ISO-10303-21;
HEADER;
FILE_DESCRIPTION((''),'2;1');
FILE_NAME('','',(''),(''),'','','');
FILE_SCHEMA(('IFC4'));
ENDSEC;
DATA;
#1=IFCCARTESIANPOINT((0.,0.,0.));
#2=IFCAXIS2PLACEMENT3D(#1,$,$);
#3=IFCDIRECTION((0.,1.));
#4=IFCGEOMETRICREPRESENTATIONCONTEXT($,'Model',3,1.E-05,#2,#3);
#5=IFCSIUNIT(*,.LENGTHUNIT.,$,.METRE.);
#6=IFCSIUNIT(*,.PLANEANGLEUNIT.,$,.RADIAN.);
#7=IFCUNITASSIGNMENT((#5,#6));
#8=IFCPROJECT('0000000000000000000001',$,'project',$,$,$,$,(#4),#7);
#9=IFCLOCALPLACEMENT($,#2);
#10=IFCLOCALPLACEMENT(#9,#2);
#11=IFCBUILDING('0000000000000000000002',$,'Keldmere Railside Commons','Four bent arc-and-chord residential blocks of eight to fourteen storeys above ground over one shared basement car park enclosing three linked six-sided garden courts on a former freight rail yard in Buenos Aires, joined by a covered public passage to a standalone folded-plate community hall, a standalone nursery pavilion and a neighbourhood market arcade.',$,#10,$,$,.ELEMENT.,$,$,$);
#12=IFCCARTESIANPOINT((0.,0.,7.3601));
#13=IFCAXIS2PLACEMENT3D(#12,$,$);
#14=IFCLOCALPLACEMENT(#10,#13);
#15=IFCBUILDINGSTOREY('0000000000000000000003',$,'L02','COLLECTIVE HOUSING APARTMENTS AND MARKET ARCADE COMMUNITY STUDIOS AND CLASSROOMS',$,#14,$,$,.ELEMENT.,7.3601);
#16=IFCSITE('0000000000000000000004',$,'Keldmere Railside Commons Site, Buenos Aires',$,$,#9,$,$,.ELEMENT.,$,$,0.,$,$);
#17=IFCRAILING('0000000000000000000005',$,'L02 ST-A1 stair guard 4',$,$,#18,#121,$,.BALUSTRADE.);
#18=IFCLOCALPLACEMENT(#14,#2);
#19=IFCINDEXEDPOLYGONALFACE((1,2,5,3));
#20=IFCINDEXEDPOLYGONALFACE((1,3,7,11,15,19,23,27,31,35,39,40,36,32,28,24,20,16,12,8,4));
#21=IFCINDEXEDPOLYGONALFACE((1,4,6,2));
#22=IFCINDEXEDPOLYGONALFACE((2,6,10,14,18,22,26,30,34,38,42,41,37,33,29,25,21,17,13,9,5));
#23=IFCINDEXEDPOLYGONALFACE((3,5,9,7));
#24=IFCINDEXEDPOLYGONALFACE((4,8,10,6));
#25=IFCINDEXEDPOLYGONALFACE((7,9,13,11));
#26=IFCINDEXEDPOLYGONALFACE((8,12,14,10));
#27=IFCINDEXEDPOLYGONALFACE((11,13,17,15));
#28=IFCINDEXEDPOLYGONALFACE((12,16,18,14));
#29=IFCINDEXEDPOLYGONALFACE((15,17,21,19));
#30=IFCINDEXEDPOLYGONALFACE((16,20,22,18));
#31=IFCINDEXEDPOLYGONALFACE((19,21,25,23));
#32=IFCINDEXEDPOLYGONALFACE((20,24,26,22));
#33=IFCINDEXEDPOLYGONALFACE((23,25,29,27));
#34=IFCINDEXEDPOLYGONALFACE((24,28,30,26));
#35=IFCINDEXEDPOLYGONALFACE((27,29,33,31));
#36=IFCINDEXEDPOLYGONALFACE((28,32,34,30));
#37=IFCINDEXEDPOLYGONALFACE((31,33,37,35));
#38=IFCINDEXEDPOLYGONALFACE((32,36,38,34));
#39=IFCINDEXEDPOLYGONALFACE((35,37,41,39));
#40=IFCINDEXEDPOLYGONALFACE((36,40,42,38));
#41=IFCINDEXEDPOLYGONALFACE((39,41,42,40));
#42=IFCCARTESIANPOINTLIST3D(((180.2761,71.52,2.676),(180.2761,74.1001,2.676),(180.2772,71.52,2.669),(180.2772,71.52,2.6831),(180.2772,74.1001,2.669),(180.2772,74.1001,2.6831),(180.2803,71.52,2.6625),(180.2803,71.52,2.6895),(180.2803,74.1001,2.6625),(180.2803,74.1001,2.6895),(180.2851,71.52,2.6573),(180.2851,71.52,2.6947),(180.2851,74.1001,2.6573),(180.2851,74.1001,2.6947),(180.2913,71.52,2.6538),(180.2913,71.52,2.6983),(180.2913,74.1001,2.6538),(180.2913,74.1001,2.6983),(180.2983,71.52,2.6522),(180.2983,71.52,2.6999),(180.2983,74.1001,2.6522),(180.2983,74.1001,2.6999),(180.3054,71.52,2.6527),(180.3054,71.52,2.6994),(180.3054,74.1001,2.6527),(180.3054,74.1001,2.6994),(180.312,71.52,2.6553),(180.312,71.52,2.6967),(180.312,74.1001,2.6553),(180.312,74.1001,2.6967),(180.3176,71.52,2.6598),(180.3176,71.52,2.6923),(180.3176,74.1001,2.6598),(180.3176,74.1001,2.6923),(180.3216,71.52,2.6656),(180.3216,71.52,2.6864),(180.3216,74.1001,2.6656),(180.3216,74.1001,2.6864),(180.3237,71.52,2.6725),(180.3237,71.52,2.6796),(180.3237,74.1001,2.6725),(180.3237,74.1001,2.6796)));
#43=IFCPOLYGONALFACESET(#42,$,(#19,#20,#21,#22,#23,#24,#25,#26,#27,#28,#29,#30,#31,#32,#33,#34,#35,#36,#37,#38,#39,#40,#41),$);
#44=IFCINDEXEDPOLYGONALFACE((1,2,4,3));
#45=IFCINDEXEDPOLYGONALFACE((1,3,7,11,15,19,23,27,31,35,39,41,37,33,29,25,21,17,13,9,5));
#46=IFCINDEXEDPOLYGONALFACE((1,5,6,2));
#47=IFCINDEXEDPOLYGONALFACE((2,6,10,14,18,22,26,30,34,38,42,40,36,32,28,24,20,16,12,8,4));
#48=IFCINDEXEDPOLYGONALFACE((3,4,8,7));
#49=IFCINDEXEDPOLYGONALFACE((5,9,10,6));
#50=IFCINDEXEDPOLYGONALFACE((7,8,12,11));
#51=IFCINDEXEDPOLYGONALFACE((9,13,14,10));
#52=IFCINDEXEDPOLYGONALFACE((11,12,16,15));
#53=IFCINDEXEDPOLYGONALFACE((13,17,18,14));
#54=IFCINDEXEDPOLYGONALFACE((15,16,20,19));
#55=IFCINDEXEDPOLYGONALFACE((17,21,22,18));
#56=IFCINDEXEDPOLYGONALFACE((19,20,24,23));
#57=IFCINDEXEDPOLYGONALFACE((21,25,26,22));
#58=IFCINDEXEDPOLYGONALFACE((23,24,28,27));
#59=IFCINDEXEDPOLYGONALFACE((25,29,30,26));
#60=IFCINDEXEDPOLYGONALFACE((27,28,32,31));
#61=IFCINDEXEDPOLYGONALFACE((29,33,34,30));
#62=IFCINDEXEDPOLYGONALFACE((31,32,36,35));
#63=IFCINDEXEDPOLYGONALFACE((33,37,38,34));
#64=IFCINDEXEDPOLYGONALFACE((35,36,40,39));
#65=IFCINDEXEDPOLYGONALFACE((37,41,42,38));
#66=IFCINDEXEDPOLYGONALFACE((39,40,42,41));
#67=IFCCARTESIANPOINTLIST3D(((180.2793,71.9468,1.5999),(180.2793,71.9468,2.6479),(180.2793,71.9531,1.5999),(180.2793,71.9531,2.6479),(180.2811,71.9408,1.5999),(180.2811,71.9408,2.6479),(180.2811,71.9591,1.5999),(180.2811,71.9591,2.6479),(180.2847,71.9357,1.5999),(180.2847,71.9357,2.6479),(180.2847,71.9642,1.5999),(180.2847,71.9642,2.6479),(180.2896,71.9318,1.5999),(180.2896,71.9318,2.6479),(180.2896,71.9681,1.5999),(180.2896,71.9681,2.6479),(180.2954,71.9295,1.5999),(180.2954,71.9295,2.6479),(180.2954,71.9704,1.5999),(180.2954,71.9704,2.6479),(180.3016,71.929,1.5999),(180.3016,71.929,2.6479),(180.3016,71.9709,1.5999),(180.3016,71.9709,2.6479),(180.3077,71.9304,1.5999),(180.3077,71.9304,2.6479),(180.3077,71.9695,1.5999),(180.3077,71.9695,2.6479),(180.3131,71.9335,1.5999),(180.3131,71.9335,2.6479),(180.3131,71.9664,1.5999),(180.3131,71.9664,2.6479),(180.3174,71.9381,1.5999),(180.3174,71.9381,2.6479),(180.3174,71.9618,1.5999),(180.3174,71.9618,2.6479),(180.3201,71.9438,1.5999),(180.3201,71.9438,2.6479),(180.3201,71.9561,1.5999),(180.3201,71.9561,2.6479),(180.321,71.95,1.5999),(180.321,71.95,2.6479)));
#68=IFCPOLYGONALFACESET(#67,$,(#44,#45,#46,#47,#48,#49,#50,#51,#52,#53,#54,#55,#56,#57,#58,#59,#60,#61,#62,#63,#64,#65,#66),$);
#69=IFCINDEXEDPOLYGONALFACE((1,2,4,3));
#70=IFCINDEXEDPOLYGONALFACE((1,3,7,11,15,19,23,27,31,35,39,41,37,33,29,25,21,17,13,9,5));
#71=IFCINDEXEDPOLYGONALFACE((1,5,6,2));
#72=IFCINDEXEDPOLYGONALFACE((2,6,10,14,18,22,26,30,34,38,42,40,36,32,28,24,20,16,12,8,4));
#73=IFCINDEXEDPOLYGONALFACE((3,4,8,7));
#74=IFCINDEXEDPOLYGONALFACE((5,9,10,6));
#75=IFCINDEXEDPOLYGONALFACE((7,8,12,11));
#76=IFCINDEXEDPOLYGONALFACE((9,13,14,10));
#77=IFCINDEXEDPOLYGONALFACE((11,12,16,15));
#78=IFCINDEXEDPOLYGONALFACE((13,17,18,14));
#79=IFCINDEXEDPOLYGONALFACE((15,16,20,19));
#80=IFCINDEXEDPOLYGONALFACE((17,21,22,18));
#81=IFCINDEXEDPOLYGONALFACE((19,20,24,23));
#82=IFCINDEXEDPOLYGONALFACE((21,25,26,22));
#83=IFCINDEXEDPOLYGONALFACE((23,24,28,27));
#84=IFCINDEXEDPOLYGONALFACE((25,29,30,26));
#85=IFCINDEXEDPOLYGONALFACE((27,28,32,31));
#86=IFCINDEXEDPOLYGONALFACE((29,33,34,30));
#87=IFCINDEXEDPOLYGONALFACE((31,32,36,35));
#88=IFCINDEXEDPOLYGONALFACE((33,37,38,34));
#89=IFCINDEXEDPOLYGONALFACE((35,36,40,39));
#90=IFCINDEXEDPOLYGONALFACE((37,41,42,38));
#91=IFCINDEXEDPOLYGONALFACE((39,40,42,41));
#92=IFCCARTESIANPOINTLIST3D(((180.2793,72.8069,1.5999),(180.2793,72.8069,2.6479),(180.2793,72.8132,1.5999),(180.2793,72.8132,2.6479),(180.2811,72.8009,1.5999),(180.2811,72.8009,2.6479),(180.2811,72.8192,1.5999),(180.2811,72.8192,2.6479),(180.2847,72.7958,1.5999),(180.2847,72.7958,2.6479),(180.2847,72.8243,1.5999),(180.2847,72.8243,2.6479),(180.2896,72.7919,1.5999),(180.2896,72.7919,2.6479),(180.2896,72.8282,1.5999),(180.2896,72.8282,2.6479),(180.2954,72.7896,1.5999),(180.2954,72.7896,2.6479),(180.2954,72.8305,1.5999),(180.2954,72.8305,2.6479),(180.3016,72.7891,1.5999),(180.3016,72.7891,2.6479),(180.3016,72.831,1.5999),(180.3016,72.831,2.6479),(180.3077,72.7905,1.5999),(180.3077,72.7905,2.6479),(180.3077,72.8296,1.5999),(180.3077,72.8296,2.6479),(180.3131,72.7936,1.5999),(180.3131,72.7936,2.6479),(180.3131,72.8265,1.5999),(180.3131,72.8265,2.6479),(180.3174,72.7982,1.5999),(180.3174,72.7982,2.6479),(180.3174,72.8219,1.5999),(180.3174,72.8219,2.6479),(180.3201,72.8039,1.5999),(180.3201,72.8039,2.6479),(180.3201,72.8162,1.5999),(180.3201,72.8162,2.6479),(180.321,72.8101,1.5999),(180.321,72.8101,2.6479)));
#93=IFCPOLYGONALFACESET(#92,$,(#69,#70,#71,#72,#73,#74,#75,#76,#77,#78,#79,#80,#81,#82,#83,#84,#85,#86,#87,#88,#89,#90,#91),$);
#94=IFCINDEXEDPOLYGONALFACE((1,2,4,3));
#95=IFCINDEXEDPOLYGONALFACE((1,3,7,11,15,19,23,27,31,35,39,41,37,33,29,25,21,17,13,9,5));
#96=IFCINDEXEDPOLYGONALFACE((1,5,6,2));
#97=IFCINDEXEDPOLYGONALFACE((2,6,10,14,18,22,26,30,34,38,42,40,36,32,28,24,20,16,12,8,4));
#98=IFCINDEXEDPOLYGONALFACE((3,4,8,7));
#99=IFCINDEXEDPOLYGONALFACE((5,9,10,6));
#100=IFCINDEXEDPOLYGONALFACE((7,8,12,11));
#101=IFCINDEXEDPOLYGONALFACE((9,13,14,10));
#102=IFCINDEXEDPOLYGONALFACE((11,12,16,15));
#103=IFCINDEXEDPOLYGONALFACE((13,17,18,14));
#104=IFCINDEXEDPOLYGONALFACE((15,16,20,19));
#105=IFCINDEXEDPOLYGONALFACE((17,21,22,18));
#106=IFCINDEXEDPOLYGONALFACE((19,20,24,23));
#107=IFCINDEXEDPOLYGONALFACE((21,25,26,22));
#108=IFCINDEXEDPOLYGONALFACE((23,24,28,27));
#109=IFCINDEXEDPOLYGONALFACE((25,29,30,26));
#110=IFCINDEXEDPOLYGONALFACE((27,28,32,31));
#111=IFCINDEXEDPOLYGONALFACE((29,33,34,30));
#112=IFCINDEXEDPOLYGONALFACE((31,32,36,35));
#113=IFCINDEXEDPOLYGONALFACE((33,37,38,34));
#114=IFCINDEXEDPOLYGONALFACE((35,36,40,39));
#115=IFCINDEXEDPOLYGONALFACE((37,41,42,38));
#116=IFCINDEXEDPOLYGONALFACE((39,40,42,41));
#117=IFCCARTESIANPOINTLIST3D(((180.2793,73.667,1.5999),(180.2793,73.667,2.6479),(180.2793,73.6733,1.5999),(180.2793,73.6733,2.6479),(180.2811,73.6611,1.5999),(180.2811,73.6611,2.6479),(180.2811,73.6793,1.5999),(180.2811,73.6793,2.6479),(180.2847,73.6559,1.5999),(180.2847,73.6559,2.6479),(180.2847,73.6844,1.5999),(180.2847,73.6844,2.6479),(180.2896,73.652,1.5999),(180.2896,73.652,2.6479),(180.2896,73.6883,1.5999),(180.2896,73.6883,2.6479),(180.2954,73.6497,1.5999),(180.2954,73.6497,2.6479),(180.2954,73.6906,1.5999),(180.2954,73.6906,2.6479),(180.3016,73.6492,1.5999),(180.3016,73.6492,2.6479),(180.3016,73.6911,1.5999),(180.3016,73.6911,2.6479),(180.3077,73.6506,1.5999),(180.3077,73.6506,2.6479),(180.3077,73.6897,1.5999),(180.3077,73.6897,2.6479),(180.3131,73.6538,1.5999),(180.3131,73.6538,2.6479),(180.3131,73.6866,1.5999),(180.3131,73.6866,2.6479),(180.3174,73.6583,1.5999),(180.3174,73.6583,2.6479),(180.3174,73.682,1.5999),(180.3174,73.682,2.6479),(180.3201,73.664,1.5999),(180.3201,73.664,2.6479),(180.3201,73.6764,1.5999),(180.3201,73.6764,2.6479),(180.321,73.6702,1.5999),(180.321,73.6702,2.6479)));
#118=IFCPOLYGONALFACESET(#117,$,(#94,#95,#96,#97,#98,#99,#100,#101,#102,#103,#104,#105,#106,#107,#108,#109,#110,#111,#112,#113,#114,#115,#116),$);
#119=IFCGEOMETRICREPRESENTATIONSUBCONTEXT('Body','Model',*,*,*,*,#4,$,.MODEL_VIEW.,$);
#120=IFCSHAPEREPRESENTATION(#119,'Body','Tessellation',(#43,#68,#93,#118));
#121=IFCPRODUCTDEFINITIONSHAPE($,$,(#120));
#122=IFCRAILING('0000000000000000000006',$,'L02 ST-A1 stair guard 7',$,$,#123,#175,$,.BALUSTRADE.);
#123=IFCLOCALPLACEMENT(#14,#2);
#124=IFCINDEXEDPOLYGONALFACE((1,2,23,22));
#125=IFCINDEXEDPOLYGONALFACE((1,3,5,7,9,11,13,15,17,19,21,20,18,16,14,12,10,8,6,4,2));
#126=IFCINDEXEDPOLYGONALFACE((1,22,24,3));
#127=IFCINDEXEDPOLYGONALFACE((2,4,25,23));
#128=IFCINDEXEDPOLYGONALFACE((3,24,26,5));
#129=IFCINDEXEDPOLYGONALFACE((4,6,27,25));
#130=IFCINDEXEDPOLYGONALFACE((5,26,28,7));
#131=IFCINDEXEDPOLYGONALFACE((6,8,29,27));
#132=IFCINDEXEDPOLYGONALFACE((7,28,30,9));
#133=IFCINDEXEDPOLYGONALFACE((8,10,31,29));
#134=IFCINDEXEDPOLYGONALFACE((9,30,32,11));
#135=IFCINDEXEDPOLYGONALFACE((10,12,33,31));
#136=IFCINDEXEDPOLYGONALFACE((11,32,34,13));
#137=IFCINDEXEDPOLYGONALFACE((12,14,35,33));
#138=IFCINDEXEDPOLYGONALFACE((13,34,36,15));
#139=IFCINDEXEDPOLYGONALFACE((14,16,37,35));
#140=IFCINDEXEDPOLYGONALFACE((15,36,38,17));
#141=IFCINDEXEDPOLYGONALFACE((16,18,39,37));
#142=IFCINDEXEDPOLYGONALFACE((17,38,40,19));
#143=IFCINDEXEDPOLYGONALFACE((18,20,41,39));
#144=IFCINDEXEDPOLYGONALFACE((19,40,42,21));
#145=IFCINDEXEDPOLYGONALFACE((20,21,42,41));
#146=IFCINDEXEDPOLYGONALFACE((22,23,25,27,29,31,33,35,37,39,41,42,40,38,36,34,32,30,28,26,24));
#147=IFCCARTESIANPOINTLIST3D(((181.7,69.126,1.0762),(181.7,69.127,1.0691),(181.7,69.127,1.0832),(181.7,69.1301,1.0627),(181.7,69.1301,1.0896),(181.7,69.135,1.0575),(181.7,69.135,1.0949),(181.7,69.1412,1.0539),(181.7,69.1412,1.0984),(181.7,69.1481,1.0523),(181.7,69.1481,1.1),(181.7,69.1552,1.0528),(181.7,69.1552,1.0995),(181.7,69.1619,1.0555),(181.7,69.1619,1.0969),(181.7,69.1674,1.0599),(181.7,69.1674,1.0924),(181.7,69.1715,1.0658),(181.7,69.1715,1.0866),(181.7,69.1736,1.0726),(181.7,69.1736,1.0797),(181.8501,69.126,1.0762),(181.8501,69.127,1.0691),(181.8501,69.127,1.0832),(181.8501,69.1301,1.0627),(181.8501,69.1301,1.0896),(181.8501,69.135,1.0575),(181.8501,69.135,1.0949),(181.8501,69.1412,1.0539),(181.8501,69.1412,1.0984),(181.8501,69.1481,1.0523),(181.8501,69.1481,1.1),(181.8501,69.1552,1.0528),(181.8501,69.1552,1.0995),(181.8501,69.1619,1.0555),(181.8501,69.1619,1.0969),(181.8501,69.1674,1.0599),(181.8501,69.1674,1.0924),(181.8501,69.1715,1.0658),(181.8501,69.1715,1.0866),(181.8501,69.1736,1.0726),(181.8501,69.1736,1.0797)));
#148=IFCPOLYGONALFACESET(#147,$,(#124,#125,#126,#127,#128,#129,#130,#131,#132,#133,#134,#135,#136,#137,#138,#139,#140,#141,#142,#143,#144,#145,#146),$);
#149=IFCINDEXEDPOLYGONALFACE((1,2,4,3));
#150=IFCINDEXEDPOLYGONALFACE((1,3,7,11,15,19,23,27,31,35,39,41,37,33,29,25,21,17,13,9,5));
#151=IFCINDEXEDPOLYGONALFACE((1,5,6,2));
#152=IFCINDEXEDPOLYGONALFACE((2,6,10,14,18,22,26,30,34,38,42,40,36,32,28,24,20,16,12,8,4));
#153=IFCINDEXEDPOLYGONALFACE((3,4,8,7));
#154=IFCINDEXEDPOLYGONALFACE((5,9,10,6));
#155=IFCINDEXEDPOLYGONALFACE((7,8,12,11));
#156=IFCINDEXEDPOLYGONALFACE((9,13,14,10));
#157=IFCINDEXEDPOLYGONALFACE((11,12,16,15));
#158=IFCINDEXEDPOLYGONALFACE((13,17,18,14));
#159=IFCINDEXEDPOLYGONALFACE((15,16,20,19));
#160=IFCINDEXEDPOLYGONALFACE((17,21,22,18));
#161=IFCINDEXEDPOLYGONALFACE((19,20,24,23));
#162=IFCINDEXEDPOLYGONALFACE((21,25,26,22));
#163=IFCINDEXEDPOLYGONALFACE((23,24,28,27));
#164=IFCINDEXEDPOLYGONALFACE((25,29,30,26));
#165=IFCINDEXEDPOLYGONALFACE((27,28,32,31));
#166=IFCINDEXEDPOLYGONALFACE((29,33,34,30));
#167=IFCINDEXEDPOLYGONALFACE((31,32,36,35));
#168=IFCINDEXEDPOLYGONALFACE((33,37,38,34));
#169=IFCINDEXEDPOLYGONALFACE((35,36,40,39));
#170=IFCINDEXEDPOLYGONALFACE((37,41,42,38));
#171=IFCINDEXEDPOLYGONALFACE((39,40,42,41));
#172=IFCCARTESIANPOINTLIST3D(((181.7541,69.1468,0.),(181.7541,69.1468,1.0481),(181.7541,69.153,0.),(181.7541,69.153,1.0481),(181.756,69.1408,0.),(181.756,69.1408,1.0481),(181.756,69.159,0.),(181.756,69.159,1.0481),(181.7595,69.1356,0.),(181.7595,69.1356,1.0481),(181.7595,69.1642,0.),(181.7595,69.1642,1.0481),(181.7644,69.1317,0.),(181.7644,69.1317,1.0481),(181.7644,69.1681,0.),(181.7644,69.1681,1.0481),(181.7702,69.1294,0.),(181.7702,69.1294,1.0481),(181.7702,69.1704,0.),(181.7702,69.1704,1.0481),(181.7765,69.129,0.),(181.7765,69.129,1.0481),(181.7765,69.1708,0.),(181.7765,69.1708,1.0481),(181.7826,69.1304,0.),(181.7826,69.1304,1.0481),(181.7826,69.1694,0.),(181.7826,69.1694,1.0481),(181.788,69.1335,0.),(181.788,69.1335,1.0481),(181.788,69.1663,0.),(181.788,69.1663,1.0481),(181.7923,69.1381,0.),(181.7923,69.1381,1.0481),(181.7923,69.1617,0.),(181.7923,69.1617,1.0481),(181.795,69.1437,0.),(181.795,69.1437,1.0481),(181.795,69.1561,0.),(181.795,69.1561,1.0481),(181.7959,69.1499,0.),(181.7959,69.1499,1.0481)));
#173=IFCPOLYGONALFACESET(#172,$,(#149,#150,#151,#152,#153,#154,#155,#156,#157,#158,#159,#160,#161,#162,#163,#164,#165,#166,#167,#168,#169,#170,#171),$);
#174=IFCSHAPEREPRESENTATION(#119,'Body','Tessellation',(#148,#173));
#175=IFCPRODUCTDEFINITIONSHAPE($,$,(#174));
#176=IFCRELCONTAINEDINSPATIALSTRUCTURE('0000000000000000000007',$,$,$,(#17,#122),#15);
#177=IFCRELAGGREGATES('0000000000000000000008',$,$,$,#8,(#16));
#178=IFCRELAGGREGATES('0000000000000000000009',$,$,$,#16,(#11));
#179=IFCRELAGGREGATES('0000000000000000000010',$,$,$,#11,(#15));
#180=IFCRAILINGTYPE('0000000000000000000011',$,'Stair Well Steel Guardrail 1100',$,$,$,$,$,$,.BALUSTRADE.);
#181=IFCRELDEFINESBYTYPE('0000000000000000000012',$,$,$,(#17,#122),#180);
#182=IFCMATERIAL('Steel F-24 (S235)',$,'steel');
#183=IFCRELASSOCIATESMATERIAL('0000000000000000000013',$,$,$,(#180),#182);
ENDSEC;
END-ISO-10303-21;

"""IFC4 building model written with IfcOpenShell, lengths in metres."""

from ifc_helpers import new_model, si_unit, direction, frame, origin, origin_2d, place, context, subcontext, project, spatial, circle, extrude, material, type_object, element, save


model = new_model("IFC4")

# Units and contexts
model_context = context("Model", 3, precision=1e-05, world=origin(), true_north=direction((0.0, 1.0)))
body_context = subcontext(model_context, "Body", "Model", "MODEL_VIEW")
ifc_project = project(units=[si_unit("LENGTHUNIT", "METRE"), si_unit("PLANEANGLEUNIT", "RADIAN")], contexts=[model_context])

# Site, building, storey
site_placement = place(None, origin())
site = spatial("IfcSite", under=ifc_project, at=site_placement, Name="Keldmere Railside Commons Site, Buenos Aires", CompositionType="ELEMENT", RefElevation=0.0)
building_placement = place(site_placement, origin())
building = spatial("IfcBuilding", under=site, at=building_placement, Name="Keldmere Railside Commons", Description="Four bent arc-and-chord residential blocks of eight to fourteen storeys above ground over one shared basement car park enclosing three linked six-sided garden courts on a former freight rail yard in Buenos Aires, joined by a covered public passage to a standalone folded-plate community hall, a standalone nursery pavilion and a neighbourhood market arcade.", CompositionType="ELEMENT")
storey_placement = place(building_placement, frame((0.0, 0.0, 7.3601)))
storey = spatial("IfcBuildingStorey", under=building, at=storey_placement, Name="L02", Description="COLLECTIVE HOUSING APARTMENTS AND MARKET ARCADE COMMUNITY STUDIOS AND CLASSROOMS", CompositionType="ELEMENT", Elevation=7.3601)

# Shared definitions
ifc_material_1 = material(Name="Steel F-24 (S235)", Category="steel")

# Railings
railing_type_1 = type_object("IfcRailingType", Name="Stair Well Steel Guardrail 1100", PredefinedType="BALUSTRADE", material=ifc_material_1)
railing_1_placement = place(storey_placement, frame((180.3, 71.52, 1.5999)))
element("IfcRailing", 1, at=railing_1_placement, inside=storey, type_object=railing_type_1, Name="L02 ST-A1 stair guard 4", PredefinedType="BALUSTRADE", context=body_context, shape_type="SweptSolid", body=[
    extrude(circle(Radius=0.0239, at=origin_2d()), frame((0.0, 0.0, 1.0762), z_axis=(0.0, 1.0, 0.0), x_axis=(-1.0, 0.0, 0.0)), (0.0, 0.0, 1.0), 2.5801),
    extrude(circle(Radius=0.021, at=origin_2d()), frame((0.0, 0.4299, 0.0)), (0.0, 0.0, 1.0), 1.0481),
    extrude(circle(Radius=0.021, at=origin_2d()), frame((0.0, 1.29, 0.0)), (0.0, 0.0, 1.0), 1.0481),
    extrude(circle(Radius=0.021, at=origin_2d()), frame((0.0, 2.1501, 0.0)), (0.0, 0.0, 1.0), 1.0481),
])
railing_2_placement = place(storey_placement, frame((181.8501, 69.1499, 0.0)))
element("IfcRailing", 2, at=railing_2_placement, inside=storey, type_object=railing_type_1, Name="L02 ST-A1 stair guard 7", PredefinedType="BALUSTRADE", context=body_context, shape_type="SweptSolid", body=[
    extrude(circle(Radius=0.0239, at=origin_2d()), frame((0.0, 0.0, 1.0762), z_axis=(-1.0, 0.0, 0.0), x_axis=(0.0, -1.0, 0.0)), (0.0, 0.0, 1.0), 0.1501),
    extrude(circle(Radius=0.021, at=origin_2d()), frame((-0.0752, 0.0, 0.0)), (0.0, 0.0, 1.0), 1.0481),
])

save(model, "model.ifc")
